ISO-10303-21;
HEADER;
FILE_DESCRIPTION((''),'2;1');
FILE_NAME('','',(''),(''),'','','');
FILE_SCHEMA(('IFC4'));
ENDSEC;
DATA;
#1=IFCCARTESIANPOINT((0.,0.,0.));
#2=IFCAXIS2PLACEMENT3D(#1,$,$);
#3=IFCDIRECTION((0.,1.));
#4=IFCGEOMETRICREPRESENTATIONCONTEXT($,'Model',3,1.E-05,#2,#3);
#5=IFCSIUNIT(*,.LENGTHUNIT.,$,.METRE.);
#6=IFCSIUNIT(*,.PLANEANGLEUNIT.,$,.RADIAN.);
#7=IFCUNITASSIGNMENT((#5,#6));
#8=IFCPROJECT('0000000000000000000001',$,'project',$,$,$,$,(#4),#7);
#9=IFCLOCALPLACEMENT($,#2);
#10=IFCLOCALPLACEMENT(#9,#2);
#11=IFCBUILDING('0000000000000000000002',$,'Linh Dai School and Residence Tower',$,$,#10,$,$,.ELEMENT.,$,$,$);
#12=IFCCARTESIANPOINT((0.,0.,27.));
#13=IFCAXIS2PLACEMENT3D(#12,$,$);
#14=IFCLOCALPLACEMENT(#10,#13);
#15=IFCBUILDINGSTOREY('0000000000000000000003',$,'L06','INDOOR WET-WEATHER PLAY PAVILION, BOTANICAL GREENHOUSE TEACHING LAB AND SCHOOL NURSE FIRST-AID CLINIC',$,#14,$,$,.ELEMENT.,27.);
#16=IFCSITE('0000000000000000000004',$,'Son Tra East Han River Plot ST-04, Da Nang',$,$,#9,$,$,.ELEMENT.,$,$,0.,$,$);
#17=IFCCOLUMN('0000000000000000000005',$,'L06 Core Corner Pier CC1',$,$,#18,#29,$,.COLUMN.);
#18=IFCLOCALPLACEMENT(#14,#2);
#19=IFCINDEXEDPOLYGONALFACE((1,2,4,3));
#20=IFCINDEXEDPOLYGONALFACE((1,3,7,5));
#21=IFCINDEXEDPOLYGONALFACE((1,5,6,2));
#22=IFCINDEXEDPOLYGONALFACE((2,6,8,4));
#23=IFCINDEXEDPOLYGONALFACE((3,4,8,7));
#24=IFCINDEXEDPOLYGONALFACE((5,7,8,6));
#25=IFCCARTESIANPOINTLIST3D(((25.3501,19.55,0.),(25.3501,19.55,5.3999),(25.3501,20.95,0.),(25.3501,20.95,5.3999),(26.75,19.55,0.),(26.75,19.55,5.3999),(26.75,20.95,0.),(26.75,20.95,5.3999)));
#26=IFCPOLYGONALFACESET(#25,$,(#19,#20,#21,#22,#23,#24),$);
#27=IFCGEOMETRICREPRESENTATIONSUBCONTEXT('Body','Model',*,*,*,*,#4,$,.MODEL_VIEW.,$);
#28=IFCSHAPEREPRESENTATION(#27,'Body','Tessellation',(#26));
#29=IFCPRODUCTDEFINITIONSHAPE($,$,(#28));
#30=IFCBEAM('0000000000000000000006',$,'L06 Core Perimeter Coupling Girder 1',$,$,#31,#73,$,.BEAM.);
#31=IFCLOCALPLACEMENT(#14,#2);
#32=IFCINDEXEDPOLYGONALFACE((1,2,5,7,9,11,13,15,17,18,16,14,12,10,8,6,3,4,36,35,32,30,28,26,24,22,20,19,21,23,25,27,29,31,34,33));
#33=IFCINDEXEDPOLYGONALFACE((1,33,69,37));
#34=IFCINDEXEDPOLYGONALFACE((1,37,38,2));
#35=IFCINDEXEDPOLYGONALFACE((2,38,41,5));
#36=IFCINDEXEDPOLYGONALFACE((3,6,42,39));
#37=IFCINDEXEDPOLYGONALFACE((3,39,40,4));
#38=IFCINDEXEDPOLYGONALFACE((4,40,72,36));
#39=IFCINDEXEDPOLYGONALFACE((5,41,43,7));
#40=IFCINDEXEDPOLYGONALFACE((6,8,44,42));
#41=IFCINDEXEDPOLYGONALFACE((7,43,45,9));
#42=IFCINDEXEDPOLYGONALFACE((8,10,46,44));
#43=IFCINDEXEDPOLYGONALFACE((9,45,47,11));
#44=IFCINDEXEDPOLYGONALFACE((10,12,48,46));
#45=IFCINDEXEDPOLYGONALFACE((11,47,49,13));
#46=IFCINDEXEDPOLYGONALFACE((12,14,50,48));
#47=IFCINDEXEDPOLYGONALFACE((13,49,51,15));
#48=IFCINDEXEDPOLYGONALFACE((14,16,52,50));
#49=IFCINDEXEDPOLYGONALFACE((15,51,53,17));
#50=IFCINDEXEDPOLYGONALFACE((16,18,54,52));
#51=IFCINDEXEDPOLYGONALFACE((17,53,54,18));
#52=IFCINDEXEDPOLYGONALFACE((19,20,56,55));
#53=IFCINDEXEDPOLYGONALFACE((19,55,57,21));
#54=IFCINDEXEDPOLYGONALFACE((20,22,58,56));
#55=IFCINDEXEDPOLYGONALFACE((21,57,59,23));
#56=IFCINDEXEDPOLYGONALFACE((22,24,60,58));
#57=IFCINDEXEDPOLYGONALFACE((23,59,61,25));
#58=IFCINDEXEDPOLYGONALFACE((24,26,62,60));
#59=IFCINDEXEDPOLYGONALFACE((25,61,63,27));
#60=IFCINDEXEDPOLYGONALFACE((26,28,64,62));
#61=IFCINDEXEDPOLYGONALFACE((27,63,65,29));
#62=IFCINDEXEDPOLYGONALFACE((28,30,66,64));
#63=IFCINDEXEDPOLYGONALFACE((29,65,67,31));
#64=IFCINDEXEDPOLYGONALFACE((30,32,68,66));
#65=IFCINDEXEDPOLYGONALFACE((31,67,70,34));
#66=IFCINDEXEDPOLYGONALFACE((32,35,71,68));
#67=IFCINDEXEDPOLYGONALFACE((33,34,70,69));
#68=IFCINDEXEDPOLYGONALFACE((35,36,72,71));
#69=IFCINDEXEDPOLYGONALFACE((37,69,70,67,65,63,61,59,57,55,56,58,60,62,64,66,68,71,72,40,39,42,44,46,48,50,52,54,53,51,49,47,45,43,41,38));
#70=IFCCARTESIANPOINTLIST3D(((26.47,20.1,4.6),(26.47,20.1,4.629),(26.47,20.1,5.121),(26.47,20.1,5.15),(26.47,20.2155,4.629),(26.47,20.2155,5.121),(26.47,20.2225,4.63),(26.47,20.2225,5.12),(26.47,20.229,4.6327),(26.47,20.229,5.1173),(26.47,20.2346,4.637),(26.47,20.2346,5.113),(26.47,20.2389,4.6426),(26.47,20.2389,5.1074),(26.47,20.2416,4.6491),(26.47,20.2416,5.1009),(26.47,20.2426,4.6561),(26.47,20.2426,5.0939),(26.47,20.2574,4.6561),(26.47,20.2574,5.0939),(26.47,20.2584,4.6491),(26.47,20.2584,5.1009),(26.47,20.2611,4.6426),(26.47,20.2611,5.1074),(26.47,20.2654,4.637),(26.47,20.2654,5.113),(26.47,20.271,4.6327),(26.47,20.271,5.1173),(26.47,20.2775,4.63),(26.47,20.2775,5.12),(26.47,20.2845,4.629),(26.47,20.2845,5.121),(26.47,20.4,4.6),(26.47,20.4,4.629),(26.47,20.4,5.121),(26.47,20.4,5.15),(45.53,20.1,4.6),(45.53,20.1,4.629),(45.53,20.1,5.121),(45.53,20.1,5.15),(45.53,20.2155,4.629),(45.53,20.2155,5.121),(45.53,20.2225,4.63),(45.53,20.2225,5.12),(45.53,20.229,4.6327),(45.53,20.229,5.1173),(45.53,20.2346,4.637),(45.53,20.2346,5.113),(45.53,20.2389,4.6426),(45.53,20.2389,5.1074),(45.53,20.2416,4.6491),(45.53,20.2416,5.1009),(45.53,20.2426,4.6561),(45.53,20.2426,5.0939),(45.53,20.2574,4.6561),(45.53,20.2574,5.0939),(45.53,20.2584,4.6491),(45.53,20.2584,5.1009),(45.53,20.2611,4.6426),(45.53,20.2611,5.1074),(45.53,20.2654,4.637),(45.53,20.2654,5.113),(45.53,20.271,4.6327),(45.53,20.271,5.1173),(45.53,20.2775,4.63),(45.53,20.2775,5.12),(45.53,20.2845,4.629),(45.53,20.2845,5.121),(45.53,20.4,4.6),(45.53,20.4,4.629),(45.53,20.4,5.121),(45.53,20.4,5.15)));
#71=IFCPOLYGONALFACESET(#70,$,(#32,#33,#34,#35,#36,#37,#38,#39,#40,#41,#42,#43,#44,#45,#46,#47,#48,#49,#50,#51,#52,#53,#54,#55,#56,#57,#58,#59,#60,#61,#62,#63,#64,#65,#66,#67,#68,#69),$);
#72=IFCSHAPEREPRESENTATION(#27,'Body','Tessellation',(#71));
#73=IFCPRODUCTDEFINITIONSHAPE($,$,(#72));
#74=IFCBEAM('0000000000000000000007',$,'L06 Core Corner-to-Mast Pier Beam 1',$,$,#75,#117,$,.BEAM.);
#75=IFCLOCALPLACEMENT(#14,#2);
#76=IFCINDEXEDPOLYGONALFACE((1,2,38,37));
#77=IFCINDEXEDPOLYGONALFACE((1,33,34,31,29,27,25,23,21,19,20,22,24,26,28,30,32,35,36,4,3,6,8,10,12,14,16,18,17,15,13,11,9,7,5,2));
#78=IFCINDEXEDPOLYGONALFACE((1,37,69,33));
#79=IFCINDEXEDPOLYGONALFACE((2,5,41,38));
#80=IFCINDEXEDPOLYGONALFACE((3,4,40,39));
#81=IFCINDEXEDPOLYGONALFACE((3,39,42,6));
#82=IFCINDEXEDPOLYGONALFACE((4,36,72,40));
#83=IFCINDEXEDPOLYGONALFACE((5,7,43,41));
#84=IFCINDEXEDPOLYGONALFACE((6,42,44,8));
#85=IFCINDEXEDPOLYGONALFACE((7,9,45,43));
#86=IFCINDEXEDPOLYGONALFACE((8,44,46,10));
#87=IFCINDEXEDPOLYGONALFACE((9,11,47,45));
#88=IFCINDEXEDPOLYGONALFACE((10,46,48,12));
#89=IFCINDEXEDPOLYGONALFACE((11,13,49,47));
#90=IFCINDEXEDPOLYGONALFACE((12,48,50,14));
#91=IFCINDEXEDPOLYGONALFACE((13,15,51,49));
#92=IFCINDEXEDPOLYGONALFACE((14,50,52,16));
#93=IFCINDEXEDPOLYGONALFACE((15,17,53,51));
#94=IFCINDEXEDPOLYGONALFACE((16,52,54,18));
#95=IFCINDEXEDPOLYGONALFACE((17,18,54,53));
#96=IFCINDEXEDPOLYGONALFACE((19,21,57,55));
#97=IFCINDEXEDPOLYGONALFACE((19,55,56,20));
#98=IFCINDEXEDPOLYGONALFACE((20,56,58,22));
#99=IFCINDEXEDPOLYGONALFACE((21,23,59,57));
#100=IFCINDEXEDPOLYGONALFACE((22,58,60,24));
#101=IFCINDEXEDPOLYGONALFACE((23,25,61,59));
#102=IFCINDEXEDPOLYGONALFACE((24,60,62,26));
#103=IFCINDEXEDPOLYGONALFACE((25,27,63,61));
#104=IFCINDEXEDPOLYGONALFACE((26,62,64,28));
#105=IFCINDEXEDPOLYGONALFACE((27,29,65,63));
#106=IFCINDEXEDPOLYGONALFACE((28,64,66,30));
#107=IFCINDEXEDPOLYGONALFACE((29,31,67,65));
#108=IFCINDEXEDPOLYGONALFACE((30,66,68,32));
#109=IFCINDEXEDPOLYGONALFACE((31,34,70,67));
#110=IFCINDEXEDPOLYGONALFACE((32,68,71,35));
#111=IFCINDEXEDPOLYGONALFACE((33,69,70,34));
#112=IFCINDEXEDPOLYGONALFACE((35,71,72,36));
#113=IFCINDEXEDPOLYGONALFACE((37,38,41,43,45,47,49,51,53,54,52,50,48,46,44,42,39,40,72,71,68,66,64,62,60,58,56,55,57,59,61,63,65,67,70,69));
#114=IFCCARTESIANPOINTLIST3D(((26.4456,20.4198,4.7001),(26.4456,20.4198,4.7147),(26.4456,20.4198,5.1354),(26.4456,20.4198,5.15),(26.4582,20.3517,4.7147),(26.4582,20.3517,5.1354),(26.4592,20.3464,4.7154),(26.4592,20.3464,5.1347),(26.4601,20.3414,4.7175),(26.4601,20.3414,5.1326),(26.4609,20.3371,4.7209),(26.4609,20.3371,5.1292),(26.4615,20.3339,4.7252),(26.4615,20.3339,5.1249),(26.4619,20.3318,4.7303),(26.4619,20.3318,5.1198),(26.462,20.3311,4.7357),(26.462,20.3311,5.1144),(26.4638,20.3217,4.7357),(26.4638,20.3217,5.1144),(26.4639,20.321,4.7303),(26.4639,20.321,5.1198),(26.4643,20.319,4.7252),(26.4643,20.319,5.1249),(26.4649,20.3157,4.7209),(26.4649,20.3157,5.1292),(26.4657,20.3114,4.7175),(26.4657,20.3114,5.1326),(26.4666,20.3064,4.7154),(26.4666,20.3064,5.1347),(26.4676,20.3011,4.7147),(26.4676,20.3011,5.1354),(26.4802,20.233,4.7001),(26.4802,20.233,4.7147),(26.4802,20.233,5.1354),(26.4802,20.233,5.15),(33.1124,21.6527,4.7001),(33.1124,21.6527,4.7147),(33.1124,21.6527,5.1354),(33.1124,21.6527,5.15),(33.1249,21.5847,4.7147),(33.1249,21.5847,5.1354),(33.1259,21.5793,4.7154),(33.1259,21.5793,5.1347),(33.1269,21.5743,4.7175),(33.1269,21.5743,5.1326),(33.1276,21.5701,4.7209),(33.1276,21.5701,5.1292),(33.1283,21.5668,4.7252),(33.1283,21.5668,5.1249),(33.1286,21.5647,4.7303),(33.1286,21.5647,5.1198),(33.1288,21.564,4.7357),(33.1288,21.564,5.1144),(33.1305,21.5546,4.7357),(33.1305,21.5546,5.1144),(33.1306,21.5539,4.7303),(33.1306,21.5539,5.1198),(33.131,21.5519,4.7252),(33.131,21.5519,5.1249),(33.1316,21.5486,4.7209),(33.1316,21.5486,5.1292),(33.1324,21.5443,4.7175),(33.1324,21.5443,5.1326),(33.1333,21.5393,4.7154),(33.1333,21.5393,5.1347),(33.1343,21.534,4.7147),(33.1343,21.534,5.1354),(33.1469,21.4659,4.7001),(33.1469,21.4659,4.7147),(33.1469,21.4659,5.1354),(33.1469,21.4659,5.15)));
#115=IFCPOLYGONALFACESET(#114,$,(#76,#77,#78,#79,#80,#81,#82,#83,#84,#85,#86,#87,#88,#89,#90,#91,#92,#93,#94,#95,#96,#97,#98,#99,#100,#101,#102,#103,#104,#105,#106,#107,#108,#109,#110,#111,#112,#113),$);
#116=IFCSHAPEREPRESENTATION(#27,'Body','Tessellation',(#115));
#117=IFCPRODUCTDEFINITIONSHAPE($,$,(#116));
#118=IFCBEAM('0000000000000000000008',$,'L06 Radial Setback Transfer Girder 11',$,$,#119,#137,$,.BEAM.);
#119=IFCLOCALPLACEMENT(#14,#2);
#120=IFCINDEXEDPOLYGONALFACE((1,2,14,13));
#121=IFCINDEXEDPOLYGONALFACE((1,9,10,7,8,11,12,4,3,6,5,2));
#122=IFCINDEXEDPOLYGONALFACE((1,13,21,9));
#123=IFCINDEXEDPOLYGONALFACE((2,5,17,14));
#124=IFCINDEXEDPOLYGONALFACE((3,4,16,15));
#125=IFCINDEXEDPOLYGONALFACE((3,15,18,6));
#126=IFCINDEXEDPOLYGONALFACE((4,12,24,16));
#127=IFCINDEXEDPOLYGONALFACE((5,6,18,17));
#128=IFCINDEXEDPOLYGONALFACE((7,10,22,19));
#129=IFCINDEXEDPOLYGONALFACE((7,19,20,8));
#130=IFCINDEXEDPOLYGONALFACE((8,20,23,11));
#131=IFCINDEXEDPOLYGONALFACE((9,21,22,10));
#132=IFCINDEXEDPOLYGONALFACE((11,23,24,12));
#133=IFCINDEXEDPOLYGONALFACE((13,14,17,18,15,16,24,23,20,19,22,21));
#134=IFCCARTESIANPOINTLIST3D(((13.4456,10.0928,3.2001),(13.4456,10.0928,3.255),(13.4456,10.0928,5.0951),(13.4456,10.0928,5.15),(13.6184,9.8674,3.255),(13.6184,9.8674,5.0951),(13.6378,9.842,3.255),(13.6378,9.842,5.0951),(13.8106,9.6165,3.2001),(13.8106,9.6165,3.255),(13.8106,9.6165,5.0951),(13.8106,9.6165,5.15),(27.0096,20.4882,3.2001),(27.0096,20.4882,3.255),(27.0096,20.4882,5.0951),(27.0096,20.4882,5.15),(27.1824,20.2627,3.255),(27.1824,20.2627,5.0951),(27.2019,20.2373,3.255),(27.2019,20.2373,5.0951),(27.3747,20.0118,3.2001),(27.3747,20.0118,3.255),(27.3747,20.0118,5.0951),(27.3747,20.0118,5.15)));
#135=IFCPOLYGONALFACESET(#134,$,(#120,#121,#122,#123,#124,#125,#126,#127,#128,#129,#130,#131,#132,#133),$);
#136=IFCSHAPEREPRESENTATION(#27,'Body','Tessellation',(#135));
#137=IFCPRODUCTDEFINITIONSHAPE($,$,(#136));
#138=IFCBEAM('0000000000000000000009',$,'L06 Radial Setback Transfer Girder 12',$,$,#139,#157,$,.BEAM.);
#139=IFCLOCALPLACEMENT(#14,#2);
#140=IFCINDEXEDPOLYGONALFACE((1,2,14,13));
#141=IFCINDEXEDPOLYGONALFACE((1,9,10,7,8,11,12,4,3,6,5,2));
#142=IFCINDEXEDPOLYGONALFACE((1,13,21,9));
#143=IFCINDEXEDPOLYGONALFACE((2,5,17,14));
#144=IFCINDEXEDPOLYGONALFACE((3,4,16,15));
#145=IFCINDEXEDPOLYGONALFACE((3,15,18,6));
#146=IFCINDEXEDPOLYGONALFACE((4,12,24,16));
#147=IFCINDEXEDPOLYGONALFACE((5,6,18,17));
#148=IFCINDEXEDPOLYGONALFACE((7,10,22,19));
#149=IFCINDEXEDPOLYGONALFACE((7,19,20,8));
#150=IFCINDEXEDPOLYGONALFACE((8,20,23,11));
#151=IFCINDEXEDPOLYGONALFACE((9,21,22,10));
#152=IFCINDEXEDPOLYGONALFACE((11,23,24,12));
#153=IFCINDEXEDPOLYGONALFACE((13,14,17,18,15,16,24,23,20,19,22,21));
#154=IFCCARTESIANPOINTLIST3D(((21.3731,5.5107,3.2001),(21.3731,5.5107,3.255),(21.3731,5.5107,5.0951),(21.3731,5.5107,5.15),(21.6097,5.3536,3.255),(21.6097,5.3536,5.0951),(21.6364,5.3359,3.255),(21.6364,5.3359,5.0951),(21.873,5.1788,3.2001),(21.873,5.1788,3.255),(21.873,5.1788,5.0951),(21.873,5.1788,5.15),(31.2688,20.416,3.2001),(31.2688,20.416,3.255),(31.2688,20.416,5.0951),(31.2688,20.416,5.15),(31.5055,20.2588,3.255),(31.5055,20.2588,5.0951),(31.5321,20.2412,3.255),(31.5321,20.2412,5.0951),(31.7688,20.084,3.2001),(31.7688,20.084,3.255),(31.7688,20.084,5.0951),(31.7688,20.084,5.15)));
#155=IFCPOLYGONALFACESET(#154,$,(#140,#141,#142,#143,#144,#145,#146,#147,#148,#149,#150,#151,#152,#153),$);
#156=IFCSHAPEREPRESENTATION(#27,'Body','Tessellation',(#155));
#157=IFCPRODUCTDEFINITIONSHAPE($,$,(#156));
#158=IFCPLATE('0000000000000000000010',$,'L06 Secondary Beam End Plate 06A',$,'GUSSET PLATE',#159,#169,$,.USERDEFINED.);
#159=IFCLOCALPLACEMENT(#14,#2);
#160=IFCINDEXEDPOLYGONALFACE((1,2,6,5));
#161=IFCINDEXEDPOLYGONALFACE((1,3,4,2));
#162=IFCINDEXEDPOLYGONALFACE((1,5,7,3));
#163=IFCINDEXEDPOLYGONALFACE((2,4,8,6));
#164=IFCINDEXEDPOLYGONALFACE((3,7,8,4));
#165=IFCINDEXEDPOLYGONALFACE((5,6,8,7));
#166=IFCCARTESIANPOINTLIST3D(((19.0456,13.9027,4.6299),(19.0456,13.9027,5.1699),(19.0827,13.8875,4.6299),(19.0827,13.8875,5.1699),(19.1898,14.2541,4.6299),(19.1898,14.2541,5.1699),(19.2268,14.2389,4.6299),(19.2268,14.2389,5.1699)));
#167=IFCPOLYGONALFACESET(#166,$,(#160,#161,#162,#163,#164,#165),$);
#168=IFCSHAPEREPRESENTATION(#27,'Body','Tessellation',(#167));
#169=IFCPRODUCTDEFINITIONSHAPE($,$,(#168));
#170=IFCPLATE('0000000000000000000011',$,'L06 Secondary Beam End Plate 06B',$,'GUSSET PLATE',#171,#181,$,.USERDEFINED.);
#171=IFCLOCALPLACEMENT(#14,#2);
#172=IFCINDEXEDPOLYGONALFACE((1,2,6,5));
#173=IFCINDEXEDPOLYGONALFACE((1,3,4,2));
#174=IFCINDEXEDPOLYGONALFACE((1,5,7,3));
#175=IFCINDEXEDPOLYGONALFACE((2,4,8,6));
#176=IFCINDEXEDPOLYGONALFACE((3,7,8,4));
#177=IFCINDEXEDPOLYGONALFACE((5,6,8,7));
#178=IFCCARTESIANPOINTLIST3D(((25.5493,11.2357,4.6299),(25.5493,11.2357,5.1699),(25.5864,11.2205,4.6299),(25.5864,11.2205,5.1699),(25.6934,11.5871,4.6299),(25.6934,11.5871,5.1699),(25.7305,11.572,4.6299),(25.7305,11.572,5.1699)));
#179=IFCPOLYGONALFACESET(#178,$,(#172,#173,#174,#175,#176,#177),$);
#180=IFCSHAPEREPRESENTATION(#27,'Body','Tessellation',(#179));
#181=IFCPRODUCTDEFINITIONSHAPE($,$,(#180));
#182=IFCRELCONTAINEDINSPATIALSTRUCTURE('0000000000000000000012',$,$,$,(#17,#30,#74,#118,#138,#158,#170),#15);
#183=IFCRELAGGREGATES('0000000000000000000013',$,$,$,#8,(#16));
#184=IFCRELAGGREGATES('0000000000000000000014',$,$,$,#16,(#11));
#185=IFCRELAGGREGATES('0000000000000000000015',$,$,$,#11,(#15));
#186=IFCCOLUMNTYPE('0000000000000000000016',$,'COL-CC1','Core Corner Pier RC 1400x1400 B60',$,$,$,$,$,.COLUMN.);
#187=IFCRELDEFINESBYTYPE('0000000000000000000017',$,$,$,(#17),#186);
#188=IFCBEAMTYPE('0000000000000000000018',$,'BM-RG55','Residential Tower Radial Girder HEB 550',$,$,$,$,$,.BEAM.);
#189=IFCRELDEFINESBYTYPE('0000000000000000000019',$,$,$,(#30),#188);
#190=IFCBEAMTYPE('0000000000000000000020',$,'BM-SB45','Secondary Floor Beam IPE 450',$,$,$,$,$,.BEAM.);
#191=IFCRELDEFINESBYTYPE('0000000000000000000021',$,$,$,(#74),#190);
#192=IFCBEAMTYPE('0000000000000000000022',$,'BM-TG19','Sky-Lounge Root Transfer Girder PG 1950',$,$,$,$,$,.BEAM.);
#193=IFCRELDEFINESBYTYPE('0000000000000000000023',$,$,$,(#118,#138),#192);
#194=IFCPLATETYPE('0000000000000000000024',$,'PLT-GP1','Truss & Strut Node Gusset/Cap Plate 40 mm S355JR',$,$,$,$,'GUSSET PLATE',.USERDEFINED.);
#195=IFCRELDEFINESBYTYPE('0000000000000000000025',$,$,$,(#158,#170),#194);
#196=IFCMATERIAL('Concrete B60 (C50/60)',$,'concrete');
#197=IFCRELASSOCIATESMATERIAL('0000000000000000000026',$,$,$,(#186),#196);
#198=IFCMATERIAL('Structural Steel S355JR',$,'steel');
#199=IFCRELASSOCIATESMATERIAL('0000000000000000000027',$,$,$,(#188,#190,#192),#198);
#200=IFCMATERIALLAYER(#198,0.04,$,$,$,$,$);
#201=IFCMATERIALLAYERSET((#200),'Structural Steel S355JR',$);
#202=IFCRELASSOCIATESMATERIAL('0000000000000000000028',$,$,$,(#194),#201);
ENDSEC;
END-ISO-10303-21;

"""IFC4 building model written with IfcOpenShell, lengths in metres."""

from ifc_helpers import new_model, si_unit, direction, frame, origin, origin_2d, place, context, subcontext, project, spatial, rectangle, i_section, extrude, source, transform, mapped, material, layer, layer_set, material_profile, profile_set, type_object, element, save


model = new_model("IFC4")

# Units and contexts
model_context = context("Model", 3, precision=1e-05, world=origin(), true_north=direction((0.0, 1.0)))
body_context = subcontext(model_context, "Body", "Model", "MODEL_VIEW")
ifc_project = project(units=[si_unit("LENGTHUNIT", "METRE"), si_unit("PLANEANGLEUNIT", "RADIAN")], contexts=[model_context])

# Site, building, storey
site_placement = place(None, origin())
site = spatial("IfcSite", under=ifc_project, at=site_placement, Name="Son Tra East Han River Plot ST-04, Da Nang", CompositionType="ELEMENT", RefElevation=0.0)
building_placement = place(site_placement, origin())
building = spatial("IfcBuilding", under=site, at=building_placement, Name="Linh Dai School and Residence Tower", CompositionType="ELEMENT")
storey_placement = place(building_placement, frame((0.0, 0.0, 27.0)))
storey = spatial("IfcBuildingStorey", under=building, at=storey_placement, Name="L06", Description="INDOOR WET-WEATHER PLAY PAVILION, BOTANICAL GREENHOUSE TEACHING LAB AND SCHOOL NURSE FIRST-AID CLINIC", CompositionType="ELEMENT", Elevation=27.0)

# Column
ifc_material_1 = material(Name="Concrete B60 (C50/60)", Category="concrete")
ifc_material_profile_1 = material_profile(ifc_material_1, rectangle(XDim=1.3999, YDim=1.3999, at=origin_2d()), Name="RC 1400x1400")
ifc_profile_set_1 = profile_set([ifc_material_profile_1], Name="Concrete B60 (C50/60)")
column_type = type_object("IfcColumnType", Name="COL-CC1", Description="Core Corner Pier RC 1400x1400 B60", PredefinedType="COLUMN", material=ifc_profile_set_1)
column_placement = place(storey_placement, frame((26.05, 20.25, 0.0), z_axis=(0.0, 0.0, 1.0), x_axis=(1.0, 0.0, 0.0)))
element("IfcColumn", 1, at=column_placement, inside=storey, type_object=column_type, Name="L06 Core Corner Pier CC1", PredefinedType="COLUMN", context=body_context, shape_type="SweptSolid", body=[
    extrude(rectangle(XDim=1.3999, YDim=1.3999, at=origin_2d()), origin(), (0.0, 0.0, 1.0), 5.3999),
])

# Beams
ifc_material_2 = material(Name="Structural Steel S355JR", Category="steel")
ifc_material_profile_2 = material_profile(ifc_material_2, i_section(OverallWidth=0.3, OverallDepth=0.55, WebThickness=0.0149, FlangeThickness=0.0291, FilletRadius=0.0271, at=origin_2d()), Name="HEB 550")
ifc_profile_set_2 = profile_set([ifc_material_profile_2], Name="Structural Steel S355JR")
beam_type_1 = type_object("IfcBeamType", Name="BM-RG55", Description="Residential Tower Radial Girder HEB 550", PredefinedType="BEAM", material=ifc_profile_set_2)
beam_1_placement = place(storey_placement, frame((26.47, 20.25, 4.875), z_axis=(1.0, 0.0, 0.0), x_axis=(0.0, 1.0, 0.0)))
element("IfcBeam", 2, at=beam_1_placement, inside=storey, type_object=beam_type_1, Name="L06 Core Perimeter Coupling Girder 1", PredefinedType="BEAM", context=body_context, shape_type="SweptSolid", body=[
    extrude(i_section(OverallWidth=0.3, OverallDepth=0.55, WebThickness=0.0149, FlangeThickness=0.0291, FilletRadius=0.0271, at=origin_2d()), origin(), (0.0, 0.0, 1.0), 19.0601),
])
ifc_material_profile_3 = material_profile(ifc_material_2, i_section(OverallWidth=0.1899, OverallDepth=0.45, WebThickness=0.0095, FlangeThickness=0.0146, FilletRadius=0.021, at=origin_2d()), Name="IPE 450")
ifc_profile_set_3 = profile_set([ifc_material_profile_3], Name="Structural Steel S355JR")
beam_type_2 = type_object("IfcBeamType", Name="BM-SB45", Description="Secondary Floor Beam IPE 450", PredefinedType="BEAM", material=ifc_profile_set_3)
beam_2_placement = place(storey_placement, frame((26.4629, 20.3264, 4.925), z_axis=(0.983326, 0.181851, 0.0), x_axis=(-0.181851, 0.983326, 0.0)))
element("IfcBeam", 3, at=beam_2_placement, inside=storey, type_object=beam_type_2, Name="L06 Core Corner-to-Mast Pier Beam 1", PredefinedType="BEAM", context=body_context, shape_type="SweptSolid", body=[
    extrude(i_section(OverallWidth=0.1899, OverallDepth=0.45, WebThickness=0.0095, FlangeThickness=0.0146, FilletRadius=0.021, at=origin_2d()), origin(), (0.0, 0.0, 1.0), 6.7798),
])
ifc_material_profile_4 = material_profile(ifc_material_2, i_section(OverallWidth=0.6001, OverallDepth=1.95, WebThickness=0.032, FlangeThickness=0.0549, at=origin_2d()), Name="PG 1950x600x32x55")
ifc_profile_set_4 = profile_set([ifc_material_profile_4], Name="Structural Steel S355JR")
beam_type_3 = type_object("IfcBeamType", Name="BM-TG19", Description="Sky-Lounge Root Transfer Girder PG 1950", PredefinedType="BEAM", material=ifc_profile_set_4)
beam_3_placement = place(storey_placement, frame((27.1921, 20.25, 4.175), z_axis=(-0.793713, -0.608292, 0.0), x_axis=(0.608292, -0.793713, 0.0)))
element("IfcBeam", 4, at=beam_3_placement, inside=storey, type_object=beam_type_3, Name="L06 Radial Setback Transfer Girder 11", PredefinedType="BEAM", context=body_context, shape_type="SweptSolid", body=[
    extrude(i_section(OverallWidth=0.6001, OverallDepth=1.95, WebThickness=0.032, FlangeThickness=0.0549, at=origin_2d()), origin(), (0.0, 0.0, 1.0), 17.0894),
])
beam_4_placement = place(storey_placement, frame((31.5188, 20.25, 4.175), z_axis=(-0.553109, -0.833109, 0.0), x_axis=(0.833109, -0.553109, 0.0)))
element("IfcBeam", 5, at=beam_4_placement, inside=storey, type_object=beam_type_3, Name="L06 Radial Setback Transfer Girder 12", PredefinedType="BEAM", context=body_context, shape_type="SweptSolid", body=[
    extrude(i_section(OverallWidth=0.6001, OverallDepth=1.95, WebThickness=0.032, FlangeThickness=0.0549, at=origin_2d()), origin(), (0.0, 0.0, 1.0), 17.8911),
])

# Plates
ifc_layer_1 = layer(ifc_material_2, 0.04)
ifc_layer_set_1 = layer_set([ifc_layer_1], Name="Structural Steel S355JR")
plate_type = type_object("IfcPlateType", Name="PLT-GP1", Description="Truss & Strut Node Gusset/Cap Plate 40 mm S355JR", ElementType="GUSSET PLATE", PredefinedType="USERDEFINED", material=ifc_layer_set_1)
shared_shape_1 = source(origin(), body_context, "Body", "SweptSolid", [
    extrude(rectangle(XDim=0.04, YDim=0.3799, at=origin_2d()), origin(), (0.0, 0.0, 1.0), 0.54),
])
for number, where, z_axis, x_axis, name in (
    (6, (19.1362, 14.0708, 4.6299), (0.0, 0.0, 1.0), (0.925232, -0.379401, 0.0), "L06 Secondary Beam End Plate 06A"),
    (7, (25.6399, 11.4038, 4.6299), (0.0, 0.0, 1.0), (0.925232, -0.379401, 0.0), "L06 Secondary Beam End Plate 06B"),
):
    element("IfcPlate", number, at=place(storey_placement, frame(where, z_axis=z_axis, x_axis=x_axis)), inside=storey, type_object=plate_type, Name=name, ObjectType="GUSSET PLATE", PredefinedType="USERDEFINED", context=body_context, shape_type="MappedRepresentation", body=[
        mapped(shared_shape_1, transform((0.0, 0.0, 0.0), x_axis=(1.0, 0.0, 0.0), y_axis=(0.0, 1.0, 0.0), z_axis=(0.0, 0.0, 1.0), scale=1.0)),
    ])

save(model, "model.ifc")
